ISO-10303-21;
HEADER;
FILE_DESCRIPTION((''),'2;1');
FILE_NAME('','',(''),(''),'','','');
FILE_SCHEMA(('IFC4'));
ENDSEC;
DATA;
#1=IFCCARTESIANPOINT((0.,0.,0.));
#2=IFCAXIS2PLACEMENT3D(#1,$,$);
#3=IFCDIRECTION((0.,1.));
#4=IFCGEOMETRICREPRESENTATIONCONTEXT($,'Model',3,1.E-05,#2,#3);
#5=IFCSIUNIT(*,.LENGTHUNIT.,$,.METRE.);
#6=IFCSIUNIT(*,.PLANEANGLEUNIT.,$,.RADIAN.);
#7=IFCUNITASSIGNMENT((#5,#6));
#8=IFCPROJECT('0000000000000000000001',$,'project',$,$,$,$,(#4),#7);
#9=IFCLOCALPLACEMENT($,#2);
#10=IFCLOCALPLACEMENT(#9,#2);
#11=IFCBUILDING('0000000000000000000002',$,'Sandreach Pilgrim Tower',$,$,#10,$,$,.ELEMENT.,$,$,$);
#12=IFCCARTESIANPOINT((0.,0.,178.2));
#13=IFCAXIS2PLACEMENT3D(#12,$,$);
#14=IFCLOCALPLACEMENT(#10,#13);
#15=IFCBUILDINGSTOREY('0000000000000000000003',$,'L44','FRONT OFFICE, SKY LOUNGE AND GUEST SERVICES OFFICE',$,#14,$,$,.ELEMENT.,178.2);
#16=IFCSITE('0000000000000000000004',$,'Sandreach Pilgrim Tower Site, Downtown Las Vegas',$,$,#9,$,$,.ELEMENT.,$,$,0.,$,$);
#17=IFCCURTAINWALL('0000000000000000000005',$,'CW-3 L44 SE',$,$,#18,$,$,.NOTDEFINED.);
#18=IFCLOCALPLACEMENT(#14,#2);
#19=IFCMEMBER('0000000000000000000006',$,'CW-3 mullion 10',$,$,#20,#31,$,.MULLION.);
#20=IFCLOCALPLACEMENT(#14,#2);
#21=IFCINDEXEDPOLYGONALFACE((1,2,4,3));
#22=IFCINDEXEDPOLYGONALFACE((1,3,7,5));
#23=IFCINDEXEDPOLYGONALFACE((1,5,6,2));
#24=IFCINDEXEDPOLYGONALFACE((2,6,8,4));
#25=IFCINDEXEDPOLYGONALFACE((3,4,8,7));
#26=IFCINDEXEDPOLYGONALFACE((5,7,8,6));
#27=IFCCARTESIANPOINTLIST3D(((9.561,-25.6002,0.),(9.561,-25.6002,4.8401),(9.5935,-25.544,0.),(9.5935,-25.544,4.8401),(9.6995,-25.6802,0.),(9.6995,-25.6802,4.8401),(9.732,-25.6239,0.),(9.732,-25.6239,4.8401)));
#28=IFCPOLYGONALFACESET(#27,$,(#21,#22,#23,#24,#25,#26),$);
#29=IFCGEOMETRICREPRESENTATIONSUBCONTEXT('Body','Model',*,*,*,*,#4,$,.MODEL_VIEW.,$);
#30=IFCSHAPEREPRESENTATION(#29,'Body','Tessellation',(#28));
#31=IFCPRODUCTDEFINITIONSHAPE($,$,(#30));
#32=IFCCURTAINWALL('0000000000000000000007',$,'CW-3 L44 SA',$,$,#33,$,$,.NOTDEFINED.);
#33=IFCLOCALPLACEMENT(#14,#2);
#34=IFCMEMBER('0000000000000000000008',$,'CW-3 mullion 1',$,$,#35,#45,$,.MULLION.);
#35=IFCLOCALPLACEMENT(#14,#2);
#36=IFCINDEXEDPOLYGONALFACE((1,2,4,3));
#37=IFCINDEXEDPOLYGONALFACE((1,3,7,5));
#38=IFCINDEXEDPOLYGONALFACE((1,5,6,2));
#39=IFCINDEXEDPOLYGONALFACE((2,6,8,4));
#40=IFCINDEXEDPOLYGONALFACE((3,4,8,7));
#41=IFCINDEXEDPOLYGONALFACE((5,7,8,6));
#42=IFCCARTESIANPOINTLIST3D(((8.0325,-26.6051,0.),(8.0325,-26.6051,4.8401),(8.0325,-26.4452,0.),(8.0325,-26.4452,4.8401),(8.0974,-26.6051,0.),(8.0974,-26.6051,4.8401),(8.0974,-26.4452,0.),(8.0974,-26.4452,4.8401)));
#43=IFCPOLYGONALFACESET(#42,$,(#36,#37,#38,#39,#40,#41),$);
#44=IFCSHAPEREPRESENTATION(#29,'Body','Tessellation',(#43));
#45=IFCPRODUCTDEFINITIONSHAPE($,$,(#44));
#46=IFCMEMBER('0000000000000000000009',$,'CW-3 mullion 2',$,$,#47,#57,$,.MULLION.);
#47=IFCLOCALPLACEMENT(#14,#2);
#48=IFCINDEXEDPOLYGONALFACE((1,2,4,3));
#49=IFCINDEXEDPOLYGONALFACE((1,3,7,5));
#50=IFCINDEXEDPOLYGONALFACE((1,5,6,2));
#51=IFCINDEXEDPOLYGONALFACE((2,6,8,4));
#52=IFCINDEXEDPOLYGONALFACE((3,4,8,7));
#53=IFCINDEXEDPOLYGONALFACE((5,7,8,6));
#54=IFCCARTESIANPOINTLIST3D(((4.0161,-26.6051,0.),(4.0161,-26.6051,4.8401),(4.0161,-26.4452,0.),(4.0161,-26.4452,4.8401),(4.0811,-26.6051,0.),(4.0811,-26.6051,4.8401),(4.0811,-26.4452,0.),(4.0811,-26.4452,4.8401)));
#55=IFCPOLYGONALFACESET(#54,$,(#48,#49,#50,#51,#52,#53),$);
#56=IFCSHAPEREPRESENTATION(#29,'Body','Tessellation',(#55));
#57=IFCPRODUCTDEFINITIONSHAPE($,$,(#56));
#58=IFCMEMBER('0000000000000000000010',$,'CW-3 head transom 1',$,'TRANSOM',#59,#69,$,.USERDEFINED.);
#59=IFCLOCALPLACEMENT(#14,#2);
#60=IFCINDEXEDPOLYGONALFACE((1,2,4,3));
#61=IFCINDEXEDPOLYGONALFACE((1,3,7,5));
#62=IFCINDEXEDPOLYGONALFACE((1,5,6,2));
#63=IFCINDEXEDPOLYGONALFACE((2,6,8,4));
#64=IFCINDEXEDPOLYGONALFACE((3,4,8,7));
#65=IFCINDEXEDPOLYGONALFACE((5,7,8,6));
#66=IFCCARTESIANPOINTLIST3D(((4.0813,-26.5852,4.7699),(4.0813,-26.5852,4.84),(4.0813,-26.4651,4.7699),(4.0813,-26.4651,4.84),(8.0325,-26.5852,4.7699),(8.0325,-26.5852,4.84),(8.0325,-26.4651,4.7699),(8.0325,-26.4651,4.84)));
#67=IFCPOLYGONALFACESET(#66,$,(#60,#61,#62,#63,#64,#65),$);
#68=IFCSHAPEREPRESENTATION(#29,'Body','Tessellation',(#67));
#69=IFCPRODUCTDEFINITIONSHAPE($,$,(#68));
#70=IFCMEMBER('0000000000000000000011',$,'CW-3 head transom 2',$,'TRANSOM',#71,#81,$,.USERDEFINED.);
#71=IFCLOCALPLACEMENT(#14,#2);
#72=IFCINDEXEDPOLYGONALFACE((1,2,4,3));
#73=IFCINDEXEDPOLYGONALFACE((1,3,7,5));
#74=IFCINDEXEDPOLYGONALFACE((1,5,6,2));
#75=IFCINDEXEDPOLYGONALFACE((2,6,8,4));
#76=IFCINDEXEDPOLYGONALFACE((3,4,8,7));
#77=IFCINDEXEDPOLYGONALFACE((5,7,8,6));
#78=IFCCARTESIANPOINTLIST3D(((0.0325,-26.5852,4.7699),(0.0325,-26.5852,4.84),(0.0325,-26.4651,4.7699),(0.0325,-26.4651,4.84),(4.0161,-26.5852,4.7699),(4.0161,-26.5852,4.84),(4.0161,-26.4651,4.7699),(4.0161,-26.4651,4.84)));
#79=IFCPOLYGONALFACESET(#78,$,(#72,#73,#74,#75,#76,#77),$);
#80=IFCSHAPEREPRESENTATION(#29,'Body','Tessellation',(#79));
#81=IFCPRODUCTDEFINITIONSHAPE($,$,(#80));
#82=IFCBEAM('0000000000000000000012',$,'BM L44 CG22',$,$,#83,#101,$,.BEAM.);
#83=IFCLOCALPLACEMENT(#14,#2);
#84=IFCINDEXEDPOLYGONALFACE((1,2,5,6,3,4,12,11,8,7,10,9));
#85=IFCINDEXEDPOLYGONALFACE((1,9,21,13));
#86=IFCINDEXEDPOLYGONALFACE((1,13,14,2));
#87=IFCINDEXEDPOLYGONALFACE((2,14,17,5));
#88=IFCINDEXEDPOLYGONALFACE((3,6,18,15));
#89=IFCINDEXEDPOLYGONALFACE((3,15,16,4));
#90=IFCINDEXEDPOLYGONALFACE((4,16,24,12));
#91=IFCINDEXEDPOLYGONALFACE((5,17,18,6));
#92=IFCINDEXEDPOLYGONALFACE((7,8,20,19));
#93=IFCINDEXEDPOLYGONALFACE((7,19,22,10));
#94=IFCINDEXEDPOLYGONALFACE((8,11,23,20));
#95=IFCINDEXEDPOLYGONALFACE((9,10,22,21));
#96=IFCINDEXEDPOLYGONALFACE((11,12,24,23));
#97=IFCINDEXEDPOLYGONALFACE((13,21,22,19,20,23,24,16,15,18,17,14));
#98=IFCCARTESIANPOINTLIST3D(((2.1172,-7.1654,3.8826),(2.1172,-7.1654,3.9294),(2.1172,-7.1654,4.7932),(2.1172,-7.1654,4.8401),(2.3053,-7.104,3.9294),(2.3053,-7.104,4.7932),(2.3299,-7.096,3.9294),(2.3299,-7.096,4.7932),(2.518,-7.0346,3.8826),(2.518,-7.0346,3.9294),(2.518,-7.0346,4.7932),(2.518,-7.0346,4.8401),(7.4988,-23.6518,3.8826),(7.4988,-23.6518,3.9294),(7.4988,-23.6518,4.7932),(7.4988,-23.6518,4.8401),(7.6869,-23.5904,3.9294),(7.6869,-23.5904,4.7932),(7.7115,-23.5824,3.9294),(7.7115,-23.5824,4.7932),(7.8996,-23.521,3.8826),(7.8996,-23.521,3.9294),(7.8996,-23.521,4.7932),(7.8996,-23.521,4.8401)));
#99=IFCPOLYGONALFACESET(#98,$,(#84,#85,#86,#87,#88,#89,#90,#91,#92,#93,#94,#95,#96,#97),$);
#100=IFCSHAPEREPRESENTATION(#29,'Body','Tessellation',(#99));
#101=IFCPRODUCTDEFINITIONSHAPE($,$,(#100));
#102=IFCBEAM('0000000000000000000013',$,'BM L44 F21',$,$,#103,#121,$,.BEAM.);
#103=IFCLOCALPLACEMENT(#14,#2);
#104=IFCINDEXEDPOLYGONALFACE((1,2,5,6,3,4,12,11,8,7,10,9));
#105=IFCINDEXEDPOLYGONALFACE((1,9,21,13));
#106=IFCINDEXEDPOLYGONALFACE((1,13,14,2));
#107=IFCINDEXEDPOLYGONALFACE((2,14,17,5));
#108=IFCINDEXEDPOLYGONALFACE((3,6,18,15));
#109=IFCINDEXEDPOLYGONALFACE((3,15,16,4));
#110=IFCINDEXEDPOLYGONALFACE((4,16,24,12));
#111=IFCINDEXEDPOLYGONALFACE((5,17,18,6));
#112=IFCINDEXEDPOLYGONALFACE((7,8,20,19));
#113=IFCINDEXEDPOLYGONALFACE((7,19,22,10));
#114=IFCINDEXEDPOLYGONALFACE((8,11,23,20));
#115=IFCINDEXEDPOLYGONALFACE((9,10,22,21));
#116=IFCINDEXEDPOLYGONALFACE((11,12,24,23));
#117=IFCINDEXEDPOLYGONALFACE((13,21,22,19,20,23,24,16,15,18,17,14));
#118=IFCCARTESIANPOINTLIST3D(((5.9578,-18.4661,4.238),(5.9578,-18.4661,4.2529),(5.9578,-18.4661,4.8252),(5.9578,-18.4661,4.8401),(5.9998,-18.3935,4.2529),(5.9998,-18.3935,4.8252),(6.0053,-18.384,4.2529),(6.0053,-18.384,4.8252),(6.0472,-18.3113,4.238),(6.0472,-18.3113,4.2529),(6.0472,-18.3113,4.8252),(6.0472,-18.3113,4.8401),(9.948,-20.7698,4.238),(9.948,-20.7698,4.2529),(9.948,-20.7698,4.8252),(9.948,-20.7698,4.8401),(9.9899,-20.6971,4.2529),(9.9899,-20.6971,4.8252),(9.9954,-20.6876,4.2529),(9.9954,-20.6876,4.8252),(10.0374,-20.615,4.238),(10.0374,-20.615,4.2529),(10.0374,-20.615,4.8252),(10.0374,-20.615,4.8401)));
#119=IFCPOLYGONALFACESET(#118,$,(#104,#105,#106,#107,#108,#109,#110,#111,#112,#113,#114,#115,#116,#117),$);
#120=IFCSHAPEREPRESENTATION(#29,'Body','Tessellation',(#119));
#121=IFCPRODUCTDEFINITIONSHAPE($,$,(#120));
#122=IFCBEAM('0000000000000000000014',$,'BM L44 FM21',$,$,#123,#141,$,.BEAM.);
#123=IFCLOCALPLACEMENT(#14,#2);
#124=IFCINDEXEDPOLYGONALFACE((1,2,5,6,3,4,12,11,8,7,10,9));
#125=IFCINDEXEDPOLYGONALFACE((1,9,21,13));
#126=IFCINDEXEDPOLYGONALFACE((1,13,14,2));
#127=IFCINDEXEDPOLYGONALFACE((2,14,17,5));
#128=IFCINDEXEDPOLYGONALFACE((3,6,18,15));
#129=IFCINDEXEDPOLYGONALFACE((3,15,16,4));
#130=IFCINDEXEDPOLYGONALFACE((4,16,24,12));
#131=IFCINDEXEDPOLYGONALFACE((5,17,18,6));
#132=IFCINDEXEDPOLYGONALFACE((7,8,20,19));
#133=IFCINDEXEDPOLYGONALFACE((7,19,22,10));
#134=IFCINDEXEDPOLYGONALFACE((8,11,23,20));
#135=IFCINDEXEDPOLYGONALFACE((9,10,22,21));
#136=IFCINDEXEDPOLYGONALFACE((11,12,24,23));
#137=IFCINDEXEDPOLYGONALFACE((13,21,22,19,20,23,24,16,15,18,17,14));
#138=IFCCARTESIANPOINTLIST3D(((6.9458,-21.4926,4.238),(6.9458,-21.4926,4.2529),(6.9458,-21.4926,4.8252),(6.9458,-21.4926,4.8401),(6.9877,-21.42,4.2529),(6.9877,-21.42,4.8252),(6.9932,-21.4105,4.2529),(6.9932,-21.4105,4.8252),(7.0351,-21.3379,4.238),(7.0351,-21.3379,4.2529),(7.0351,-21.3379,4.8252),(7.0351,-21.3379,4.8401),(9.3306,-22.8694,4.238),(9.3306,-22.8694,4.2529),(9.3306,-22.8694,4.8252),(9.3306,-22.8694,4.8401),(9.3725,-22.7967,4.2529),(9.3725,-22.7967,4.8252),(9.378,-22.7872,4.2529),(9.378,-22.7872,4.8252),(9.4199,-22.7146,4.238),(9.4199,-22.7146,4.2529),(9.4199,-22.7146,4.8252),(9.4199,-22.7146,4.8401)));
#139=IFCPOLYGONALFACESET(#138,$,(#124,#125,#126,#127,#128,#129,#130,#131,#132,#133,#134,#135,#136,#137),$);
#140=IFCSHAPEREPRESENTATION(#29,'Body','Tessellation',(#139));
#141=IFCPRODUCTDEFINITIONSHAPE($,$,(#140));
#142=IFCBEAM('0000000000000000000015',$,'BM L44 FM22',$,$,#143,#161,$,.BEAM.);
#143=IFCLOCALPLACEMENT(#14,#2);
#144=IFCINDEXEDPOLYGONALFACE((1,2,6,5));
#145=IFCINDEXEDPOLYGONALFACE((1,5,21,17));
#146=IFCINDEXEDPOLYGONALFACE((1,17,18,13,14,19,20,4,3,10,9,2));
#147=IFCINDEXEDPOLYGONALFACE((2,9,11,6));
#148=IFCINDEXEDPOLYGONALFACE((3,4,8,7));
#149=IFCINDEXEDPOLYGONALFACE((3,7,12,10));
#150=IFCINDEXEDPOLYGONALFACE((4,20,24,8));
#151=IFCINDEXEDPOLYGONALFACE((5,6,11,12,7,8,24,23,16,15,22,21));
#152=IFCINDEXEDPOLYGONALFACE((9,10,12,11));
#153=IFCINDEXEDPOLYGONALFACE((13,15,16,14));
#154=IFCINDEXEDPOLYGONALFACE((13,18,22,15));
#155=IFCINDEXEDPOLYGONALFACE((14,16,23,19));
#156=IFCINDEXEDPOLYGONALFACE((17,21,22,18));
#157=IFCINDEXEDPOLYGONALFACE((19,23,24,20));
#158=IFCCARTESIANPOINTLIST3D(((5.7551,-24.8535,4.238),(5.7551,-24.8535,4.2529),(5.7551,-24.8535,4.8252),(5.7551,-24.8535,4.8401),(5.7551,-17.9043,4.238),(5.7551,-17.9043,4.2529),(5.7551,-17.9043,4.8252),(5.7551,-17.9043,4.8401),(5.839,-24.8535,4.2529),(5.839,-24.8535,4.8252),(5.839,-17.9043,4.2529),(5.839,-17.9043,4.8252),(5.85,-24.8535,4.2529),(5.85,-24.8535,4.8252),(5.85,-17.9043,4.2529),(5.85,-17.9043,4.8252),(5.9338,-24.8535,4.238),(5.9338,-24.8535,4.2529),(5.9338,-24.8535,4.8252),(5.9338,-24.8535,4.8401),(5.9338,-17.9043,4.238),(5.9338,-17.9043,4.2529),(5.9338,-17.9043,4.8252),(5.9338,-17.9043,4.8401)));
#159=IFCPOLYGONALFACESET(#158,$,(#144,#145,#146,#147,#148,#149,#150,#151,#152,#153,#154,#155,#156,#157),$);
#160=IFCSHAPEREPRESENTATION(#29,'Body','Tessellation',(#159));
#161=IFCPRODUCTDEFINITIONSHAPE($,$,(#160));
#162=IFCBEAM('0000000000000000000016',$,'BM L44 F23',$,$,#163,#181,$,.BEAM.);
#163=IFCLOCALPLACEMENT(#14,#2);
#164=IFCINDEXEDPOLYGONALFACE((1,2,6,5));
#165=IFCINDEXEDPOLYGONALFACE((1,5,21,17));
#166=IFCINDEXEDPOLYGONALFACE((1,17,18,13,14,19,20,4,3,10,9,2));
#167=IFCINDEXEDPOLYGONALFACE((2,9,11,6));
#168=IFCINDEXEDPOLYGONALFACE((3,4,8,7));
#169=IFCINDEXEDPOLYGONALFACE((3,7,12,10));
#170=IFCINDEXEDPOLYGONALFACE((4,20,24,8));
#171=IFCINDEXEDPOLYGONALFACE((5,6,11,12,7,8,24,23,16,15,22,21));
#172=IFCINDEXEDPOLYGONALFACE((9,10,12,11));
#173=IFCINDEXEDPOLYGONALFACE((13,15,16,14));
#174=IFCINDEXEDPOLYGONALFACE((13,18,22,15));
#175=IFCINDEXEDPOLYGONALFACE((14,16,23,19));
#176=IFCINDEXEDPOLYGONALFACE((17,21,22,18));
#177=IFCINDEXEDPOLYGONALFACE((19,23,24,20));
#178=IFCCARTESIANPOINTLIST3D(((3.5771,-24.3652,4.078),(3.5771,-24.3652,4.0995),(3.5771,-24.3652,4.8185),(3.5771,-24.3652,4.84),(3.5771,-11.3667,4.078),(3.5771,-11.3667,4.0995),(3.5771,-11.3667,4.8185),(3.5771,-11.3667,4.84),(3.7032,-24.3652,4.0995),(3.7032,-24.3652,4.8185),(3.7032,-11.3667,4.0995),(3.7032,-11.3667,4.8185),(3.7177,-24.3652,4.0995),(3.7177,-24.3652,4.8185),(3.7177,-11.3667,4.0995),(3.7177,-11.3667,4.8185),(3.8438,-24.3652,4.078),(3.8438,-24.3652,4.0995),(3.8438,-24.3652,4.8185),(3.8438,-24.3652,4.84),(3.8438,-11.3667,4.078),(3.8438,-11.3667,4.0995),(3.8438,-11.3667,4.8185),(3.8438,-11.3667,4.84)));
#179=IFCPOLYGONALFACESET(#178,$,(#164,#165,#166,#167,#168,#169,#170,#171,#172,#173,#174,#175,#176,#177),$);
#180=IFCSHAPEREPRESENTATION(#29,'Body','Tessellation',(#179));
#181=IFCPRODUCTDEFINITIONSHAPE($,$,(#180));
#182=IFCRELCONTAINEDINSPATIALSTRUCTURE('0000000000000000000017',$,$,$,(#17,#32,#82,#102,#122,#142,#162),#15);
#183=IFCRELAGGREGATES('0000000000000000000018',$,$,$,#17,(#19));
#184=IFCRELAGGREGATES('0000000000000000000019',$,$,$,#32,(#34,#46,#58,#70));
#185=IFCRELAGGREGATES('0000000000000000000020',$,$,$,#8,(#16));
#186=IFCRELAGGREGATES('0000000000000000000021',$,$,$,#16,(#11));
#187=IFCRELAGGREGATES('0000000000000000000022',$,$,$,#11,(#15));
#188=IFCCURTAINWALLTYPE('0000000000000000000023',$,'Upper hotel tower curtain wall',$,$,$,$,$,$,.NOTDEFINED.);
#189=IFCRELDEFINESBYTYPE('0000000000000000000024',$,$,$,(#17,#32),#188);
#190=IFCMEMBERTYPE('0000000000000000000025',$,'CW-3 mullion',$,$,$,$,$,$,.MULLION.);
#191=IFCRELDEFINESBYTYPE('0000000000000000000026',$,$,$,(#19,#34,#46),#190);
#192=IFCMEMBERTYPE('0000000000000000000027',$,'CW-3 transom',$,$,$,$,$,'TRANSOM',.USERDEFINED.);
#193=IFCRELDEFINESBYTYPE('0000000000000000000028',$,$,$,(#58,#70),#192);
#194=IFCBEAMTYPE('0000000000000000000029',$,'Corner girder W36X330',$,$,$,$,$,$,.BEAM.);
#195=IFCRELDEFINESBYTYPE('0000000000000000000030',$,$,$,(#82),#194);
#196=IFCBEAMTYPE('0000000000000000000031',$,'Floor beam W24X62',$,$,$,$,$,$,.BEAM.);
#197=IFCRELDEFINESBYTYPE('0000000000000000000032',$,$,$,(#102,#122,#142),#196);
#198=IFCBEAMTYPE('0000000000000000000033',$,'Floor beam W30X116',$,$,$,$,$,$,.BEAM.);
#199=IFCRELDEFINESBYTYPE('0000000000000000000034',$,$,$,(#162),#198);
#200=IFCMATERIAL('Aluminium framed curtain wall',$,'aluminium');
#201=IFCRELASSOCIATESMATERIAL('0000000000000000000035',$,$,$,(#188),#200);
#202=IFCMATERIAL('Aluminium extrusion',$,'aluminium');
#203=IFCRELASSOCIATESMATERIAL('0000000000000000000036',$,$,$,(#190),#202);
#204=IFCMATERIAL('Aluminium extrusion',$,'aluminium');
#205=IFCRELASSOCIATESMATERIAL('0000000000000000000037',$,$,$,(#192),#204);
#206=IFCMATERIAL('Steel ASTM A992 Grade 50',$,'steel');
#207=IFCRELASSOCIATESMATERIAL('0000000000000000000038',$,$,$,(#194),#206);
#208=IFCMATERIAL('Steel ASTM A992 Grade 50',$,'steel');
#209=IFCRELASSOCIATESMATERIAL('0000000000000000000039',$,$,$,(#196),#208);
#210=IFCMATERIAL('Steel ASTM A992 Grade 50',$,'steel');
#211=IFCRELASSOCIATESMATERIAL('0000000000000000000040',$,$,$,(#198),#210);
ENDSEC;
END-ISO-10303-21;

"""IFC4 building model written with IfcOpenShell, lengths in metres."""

from ifc_helpers import new_model, si_unit, direction, frame, origin, origin_2d, place, context, subcontext, project, spatial, rectangle, i_section, extrude, material, material_profile, profile_set, type_object, element, aggregate, save


model = new_model("IFC4")

# Units and contexts
model_context = context("Model", 3, precision=1e-05, world=origin(), true_north=direction((0.0, 1.0)))
body_context = subcontext(model_context, "Body", "Model", "MODEL_VIEW")
ifc_project = project(units=[si_unit("LENGTHUNIT", "METRE"), si_unit("PLANEANGLEUNIT", "RADIAN")], contexts=[model_context])

# Site, building, storey
site_placement = place(None, origin())
site = spatial("IfcSite", under=ifc_project, at=site_placement, Name="Sandreach Pilgrim Tower Site, Downtown Las Vegas", CompositionType="ELEMENT", RefElevation=0.0)
building_placement = place(site_placement, origin())
building = spatial("IfcBuilding", under=site, at=building_placement, Name="Sandreach Pilgrim Tower", CompositionType="ELEMENT")
storey_placement = place(building_placement, frame((0.0, 0.0, 178.2)))
storey = spatial("IfcBuildingStorey", under=building, at=storey_placement, Name="L44", Description="FRONT OFFICE, SKY LOUNGE AND GUEST SERVICES OFFICE", CompositionType="ELEMENT", Elevation=178.2)

# Curtain wall, member
ifc_material_1 = material(Name="Aluminium framed curtain wall", Category="aluminium")
curtain_wall_type = type_object("IfcCurtainWallType", Name="Upper hotel tower curtain wall", PredefinedType="NOTDEFINED", material=ifc_material_1)
curtain_wall_1_placement = place(storey_placement, origin())
curtain_wall_1 = element("IfcCurtainWall", 1, at=curtain_wall_1_placement, inside=storey, type_object=curtain_wall_type, Name="CW-3 L44 SE", PredefinedType="NOTDEFINED")
ifc_material_2 = material(Name="Aluminium extrusion", Category="aluminium")
ifc_material_profile_1 = material_profile(ifc_material_2, rectangle(XDim=0.0649, YDim=0.1599, at=origin_2d()), Name="CW-3M 65X160")
ifc_profile_set_1 = profile_set([ifc_material_profile_1], Name="Aluminium extrusion")
member_type_1 = type_object("IfcMemberType", Name="CW-3 mullion", PredefinedType="MULLION", material=ifc_profile_set_1)
member_1_placement = place(storey_placement, frame((9.6465, -25.6121, 0.0), z_axis=(0.0, 0.0, 1.0), x_axis=(-0.5, -0.866025, 0.0)))
member_1 = element("IfcMember", 2, at=member_1_placement, type_object=member_type_1, Name="CW-3 mullion 10", PredefinedType="MULLION", context=body_context, shape_type="SweptSolid", body=[
    extrude(rectangle(XDim=0.0649, YDim=0.1599, at=origin_2d()), origin(), (0.0, 0.0, 1.0), 4.8401),
])

# Curtain wall, members
curtain_wall_2_placement = place(storey_placement, origin())
curtain_wall_2 = element("IfcCurtainWall", 3, at=curtain_wall_2_placement, inside=storey, type_object=curtain_wall_type, Name="CW-3 L44 SA", PredefinedType="NOTDEFINED")
member_2_placement = place(storey_placement, frame((8.0649, -26.5251, 0.0), z_axis=(0.0, 0.0, 1.0), x_axis=(-1.0, 0.0, 0.0)))
member_2 = element("IfcMember", 4, at=member_2_placement, type_object=member_type_1, Name="CW-3 mullion 1", PredefinedType="MULLION", context=body_context, shape_type="SweptSolid", body=[
    extrude(rectangle(XDim=0.0649, YDim=0.1599, at=origin_2d()), origin(), (0.0, 0.0, 1.0), 4.8401),
])
member_3_placement = place(storey_placement, frame((4.0486, -26.5251, 0.0), z_axis=(0.0, 0.0, 1.0), x_axis=(-1.0, 0.0, 0.0)))
member_3 = element("IfcMember", 5, at=member_3_placement, type_object=member_type_1, Name="CW-3 mullion 2", PredefinedType="MULLION", context=body_context, shape_type="SweptSolid", body=[
    extrude(rectangle(XDim=0.0649, YDim=0.1599, at=origin_2d()), origin(), (0.0, 0.0, 1.0), 4.8401),
])
ifc_material_3 = material(Name="Aluminium extrusion", Category="aluminium")
ifc_material_profile_2 = material_profile(ifc_material_3, rectangle(XDim=0.1201, YDim=0.0701, at=origin_2d()), Name="CW-3T 120X70")
ifc_profile_set_2 = profile_set([ifc_material_profile_2], Name="Aluminium extrusion")
member_type_2 = type_object("IfcMemberType", Name="CW-3 transom", ElementType="TRANSOM", PredefinedType="USERDEFINED", material=ifc_profile_set_2)
member_4_placement = place(storey_placement, frame((8.0325, -26.5251, 4.8049), z_axis=(-1.0, 0.0, 0.0), x_axis=(0.0, -1.0, 0.0)))
member_4 = element("IfcMember", 6, at=member_4_placement, type_object=member_type_2, Name="CW-3 head transom 1", ObjectType="TRANSOM", PredefinedType="USERDEFINED", context=body_context, shape_type="SweptSolid", body=[
    extrude(rectangle(XDim=0.1201, YDim=0.0701, at=origin_2d()), origin(), (0.0, 0.0, 1.0), 3.9512),
])
member_5_placement = place(storey_placement, frame((4.0161, -26.5251, 4.8049), z_axis=(-1.0, 0.0, 0.0), x_axis=(0.0, -1.0, 0.0)))
member_5 = element("IfcMember", 7, at=member_5_placement, type_object=member_type_2, Name="CW-3 head transom 2", ObjectType="TRANSOM", PredefinedType="USERDEFINED", context=body_context, shape_type="SweptSolid", body=[
    extrude(rectangle(XDim=0.1201, YDim=0.0701, at=origin_2d()), origin(), (0.0, 0.0, 1.0), 3.9836),
])

# Beams
ifc_material_4 = material(Name="Steel ASTM A992 Grade 50", Category="steel")
ifc_material_profile_3 = material_profile(ifc_material_4, i_section(OverallWidth=0.4216, OverallDepth=0.9575, WebThickness=0.0259, FlangeThickness=0.0469, at=origin_2d()), Name="W36X330")
ifc_profile_set_3 = profile_set([ifc_material_profile_3], Name="Steel ASTM A992 Grade 50")
beam_type_1 = type_object("IfcBeamType", Name="Corner girder W36X330", PredefinedType="BEAM", material=ifc_profile_set_3)
beam_1_placement = place(storey_placement, frame((7.6992, -23.5864, 4.3613), z_axis=(-0.310313, 0.950634, 0.0), x_axis=(-0.950634, -0.310313, 0.0)))
element("IfcBeam", 8, at=beam_1_placement, inside=storey, type_object=beam_type_1, Name="BM L44 CG22", PredefinedType="BEAM", context=body_context, shape_type="SweptSolid", body=[
    extrude(i_section(OverallWidth=0.4216, OverallDepth=0.9575, WebThickness=0.0259, FlangeThickness=0.0469, at=origin_2d()), origin(), (0.0, 0.0, 1.0), 17.3425),
])
ifc_material_5 = material(Name="Steel ASTM A992 Grade 50", Category="steel")
ifc_material_profile_4 = material_profile(ifc_material_5, i_section(OverallWidth=0.1787, OverallDepth=0.6021, WebThickness=0.011, FlangeThickness=0.0149, at=origin_2d()), Name="W24X62")
ifc_profile_set_4 = profile_set([ifc_material_profile_4], Name="Steel ASTM A992 Grade 50")
beam_type_2 = type_object("IfcBeamType", Name="Floor beam W24X62", PredefinedType="BEAM", material=ifc_profile_set_4)
beam_2_placement = place(storey_placement, frame((9.9927, -20.6924, 4.5391), z_axis=(-0.86603, 0.499992, 0.0), x_axis=(-0.499992, -0.86603, 0.0)))
element("IfcBeam", 9, at=beam_2_placement, inside=storey, type_object=beam_type_2, Name="BM L44 F21", PredefinedType="BEAM", context=body_context, shape_type="SweptSolid", body=[
    extrude(i_section(OverallWidth=0.1787, OverallDepth=0.6021, WebThickness=0.011, FlangeThickness=0.0149, at=origin_2d()), origin(), (0.0, 0.0, 1.0), 4.6074),
])
beam_3_placement = place(storey_placement, frame((9.3752, -22.792, 4.5391), z_axis=(-0.866047, 0.499963, 0.0), x_axis=(-0.499963, -0.866047, 0.0)))
element("IfcBeam", 10, at=beam_3_placement, inside=storey, type_object=beam_type_2, Name="BM L44 FM21", PredefinedType="BEAM", context=body_context, shape_type="SweptSolid", body=[
    extrude(i_section(OverallWidth=0.1787, OverallDepth=0.6021, WebThickness=0.011, FlangeThickness=0.0149, at=origin_2d()), origin(), (0.0, 0.0, 1.0), 2.7537),
])
beam_4_placement = place(storey_placement, frame((5.8445, -24.8535, 4.5391), z_axis=(0.0, 1.0, 0.0), x_axis=(-1.0, 0.0, 0.0)))
element("IfcBeam", 11, at=beam_4_placement, inside=storey, type_object=beam_type_2, Name="BM L44 FM22", PredefinedType="BEAM", context=body_context, shape_type="SweptSolid", body=[
    extrude(i_section(OverallWidth=0.1787, OverallDepth=0.6021, WebThickness=0.011, FlangeThickness=0.0149, at=origin_2d()), origin(), (0.0, 0.0, 1.0), 6.9492),
])
ifc_material_6 = material(Name="Steel ASTM A992 Grade 50", Category="steel")
ifc_material_profile_5 = material_profile(ifc_material_6, i_section(OverallWidth=0.2666, OverallDepth=0.762, WebThickness=0.0144, FlangeThickness=0.0215, at=origin_2d()), Name="W30X116")
ifc_profile_set_5 = profile_set([ifc_material_profile_5], Name="Steel ASTM A992 Grade 50")
beam_type_3 = type_object("IfcBeamType", Name="Floor beam W30X116", PredefinedType="BEAM", material=ifc_profile_set_5)
beam_5_placement = place(storey_placement, frame((3.7104, -24.3652, 4.459), z_axis=(0.0, 1.0, 0.0), x_axis=(-1.0, 0.0, 0.0)))
element("IfcBeam", 12, at=beam_5_placement, inside=storey, type_object=beam_type_3, Name="BM L44 F23", PredefinedType="BEAM", context=body_context, shape_type="SweptSolid", body=[
    extrude(i_section(OverallWidth=0.2666, OverallDepth=0.762, WebThickness=0.0144, FlangeThickness=0.0215, at=origin_2d()), origin(), (0.0, 0.0, 1.0), 12.9985),
])

aggregate(curtain_wall_1, [member_1])
aggregate(curtain_wall_2, [member_2, member_3, member_4, member_5])

save(model, "model.ifc")
